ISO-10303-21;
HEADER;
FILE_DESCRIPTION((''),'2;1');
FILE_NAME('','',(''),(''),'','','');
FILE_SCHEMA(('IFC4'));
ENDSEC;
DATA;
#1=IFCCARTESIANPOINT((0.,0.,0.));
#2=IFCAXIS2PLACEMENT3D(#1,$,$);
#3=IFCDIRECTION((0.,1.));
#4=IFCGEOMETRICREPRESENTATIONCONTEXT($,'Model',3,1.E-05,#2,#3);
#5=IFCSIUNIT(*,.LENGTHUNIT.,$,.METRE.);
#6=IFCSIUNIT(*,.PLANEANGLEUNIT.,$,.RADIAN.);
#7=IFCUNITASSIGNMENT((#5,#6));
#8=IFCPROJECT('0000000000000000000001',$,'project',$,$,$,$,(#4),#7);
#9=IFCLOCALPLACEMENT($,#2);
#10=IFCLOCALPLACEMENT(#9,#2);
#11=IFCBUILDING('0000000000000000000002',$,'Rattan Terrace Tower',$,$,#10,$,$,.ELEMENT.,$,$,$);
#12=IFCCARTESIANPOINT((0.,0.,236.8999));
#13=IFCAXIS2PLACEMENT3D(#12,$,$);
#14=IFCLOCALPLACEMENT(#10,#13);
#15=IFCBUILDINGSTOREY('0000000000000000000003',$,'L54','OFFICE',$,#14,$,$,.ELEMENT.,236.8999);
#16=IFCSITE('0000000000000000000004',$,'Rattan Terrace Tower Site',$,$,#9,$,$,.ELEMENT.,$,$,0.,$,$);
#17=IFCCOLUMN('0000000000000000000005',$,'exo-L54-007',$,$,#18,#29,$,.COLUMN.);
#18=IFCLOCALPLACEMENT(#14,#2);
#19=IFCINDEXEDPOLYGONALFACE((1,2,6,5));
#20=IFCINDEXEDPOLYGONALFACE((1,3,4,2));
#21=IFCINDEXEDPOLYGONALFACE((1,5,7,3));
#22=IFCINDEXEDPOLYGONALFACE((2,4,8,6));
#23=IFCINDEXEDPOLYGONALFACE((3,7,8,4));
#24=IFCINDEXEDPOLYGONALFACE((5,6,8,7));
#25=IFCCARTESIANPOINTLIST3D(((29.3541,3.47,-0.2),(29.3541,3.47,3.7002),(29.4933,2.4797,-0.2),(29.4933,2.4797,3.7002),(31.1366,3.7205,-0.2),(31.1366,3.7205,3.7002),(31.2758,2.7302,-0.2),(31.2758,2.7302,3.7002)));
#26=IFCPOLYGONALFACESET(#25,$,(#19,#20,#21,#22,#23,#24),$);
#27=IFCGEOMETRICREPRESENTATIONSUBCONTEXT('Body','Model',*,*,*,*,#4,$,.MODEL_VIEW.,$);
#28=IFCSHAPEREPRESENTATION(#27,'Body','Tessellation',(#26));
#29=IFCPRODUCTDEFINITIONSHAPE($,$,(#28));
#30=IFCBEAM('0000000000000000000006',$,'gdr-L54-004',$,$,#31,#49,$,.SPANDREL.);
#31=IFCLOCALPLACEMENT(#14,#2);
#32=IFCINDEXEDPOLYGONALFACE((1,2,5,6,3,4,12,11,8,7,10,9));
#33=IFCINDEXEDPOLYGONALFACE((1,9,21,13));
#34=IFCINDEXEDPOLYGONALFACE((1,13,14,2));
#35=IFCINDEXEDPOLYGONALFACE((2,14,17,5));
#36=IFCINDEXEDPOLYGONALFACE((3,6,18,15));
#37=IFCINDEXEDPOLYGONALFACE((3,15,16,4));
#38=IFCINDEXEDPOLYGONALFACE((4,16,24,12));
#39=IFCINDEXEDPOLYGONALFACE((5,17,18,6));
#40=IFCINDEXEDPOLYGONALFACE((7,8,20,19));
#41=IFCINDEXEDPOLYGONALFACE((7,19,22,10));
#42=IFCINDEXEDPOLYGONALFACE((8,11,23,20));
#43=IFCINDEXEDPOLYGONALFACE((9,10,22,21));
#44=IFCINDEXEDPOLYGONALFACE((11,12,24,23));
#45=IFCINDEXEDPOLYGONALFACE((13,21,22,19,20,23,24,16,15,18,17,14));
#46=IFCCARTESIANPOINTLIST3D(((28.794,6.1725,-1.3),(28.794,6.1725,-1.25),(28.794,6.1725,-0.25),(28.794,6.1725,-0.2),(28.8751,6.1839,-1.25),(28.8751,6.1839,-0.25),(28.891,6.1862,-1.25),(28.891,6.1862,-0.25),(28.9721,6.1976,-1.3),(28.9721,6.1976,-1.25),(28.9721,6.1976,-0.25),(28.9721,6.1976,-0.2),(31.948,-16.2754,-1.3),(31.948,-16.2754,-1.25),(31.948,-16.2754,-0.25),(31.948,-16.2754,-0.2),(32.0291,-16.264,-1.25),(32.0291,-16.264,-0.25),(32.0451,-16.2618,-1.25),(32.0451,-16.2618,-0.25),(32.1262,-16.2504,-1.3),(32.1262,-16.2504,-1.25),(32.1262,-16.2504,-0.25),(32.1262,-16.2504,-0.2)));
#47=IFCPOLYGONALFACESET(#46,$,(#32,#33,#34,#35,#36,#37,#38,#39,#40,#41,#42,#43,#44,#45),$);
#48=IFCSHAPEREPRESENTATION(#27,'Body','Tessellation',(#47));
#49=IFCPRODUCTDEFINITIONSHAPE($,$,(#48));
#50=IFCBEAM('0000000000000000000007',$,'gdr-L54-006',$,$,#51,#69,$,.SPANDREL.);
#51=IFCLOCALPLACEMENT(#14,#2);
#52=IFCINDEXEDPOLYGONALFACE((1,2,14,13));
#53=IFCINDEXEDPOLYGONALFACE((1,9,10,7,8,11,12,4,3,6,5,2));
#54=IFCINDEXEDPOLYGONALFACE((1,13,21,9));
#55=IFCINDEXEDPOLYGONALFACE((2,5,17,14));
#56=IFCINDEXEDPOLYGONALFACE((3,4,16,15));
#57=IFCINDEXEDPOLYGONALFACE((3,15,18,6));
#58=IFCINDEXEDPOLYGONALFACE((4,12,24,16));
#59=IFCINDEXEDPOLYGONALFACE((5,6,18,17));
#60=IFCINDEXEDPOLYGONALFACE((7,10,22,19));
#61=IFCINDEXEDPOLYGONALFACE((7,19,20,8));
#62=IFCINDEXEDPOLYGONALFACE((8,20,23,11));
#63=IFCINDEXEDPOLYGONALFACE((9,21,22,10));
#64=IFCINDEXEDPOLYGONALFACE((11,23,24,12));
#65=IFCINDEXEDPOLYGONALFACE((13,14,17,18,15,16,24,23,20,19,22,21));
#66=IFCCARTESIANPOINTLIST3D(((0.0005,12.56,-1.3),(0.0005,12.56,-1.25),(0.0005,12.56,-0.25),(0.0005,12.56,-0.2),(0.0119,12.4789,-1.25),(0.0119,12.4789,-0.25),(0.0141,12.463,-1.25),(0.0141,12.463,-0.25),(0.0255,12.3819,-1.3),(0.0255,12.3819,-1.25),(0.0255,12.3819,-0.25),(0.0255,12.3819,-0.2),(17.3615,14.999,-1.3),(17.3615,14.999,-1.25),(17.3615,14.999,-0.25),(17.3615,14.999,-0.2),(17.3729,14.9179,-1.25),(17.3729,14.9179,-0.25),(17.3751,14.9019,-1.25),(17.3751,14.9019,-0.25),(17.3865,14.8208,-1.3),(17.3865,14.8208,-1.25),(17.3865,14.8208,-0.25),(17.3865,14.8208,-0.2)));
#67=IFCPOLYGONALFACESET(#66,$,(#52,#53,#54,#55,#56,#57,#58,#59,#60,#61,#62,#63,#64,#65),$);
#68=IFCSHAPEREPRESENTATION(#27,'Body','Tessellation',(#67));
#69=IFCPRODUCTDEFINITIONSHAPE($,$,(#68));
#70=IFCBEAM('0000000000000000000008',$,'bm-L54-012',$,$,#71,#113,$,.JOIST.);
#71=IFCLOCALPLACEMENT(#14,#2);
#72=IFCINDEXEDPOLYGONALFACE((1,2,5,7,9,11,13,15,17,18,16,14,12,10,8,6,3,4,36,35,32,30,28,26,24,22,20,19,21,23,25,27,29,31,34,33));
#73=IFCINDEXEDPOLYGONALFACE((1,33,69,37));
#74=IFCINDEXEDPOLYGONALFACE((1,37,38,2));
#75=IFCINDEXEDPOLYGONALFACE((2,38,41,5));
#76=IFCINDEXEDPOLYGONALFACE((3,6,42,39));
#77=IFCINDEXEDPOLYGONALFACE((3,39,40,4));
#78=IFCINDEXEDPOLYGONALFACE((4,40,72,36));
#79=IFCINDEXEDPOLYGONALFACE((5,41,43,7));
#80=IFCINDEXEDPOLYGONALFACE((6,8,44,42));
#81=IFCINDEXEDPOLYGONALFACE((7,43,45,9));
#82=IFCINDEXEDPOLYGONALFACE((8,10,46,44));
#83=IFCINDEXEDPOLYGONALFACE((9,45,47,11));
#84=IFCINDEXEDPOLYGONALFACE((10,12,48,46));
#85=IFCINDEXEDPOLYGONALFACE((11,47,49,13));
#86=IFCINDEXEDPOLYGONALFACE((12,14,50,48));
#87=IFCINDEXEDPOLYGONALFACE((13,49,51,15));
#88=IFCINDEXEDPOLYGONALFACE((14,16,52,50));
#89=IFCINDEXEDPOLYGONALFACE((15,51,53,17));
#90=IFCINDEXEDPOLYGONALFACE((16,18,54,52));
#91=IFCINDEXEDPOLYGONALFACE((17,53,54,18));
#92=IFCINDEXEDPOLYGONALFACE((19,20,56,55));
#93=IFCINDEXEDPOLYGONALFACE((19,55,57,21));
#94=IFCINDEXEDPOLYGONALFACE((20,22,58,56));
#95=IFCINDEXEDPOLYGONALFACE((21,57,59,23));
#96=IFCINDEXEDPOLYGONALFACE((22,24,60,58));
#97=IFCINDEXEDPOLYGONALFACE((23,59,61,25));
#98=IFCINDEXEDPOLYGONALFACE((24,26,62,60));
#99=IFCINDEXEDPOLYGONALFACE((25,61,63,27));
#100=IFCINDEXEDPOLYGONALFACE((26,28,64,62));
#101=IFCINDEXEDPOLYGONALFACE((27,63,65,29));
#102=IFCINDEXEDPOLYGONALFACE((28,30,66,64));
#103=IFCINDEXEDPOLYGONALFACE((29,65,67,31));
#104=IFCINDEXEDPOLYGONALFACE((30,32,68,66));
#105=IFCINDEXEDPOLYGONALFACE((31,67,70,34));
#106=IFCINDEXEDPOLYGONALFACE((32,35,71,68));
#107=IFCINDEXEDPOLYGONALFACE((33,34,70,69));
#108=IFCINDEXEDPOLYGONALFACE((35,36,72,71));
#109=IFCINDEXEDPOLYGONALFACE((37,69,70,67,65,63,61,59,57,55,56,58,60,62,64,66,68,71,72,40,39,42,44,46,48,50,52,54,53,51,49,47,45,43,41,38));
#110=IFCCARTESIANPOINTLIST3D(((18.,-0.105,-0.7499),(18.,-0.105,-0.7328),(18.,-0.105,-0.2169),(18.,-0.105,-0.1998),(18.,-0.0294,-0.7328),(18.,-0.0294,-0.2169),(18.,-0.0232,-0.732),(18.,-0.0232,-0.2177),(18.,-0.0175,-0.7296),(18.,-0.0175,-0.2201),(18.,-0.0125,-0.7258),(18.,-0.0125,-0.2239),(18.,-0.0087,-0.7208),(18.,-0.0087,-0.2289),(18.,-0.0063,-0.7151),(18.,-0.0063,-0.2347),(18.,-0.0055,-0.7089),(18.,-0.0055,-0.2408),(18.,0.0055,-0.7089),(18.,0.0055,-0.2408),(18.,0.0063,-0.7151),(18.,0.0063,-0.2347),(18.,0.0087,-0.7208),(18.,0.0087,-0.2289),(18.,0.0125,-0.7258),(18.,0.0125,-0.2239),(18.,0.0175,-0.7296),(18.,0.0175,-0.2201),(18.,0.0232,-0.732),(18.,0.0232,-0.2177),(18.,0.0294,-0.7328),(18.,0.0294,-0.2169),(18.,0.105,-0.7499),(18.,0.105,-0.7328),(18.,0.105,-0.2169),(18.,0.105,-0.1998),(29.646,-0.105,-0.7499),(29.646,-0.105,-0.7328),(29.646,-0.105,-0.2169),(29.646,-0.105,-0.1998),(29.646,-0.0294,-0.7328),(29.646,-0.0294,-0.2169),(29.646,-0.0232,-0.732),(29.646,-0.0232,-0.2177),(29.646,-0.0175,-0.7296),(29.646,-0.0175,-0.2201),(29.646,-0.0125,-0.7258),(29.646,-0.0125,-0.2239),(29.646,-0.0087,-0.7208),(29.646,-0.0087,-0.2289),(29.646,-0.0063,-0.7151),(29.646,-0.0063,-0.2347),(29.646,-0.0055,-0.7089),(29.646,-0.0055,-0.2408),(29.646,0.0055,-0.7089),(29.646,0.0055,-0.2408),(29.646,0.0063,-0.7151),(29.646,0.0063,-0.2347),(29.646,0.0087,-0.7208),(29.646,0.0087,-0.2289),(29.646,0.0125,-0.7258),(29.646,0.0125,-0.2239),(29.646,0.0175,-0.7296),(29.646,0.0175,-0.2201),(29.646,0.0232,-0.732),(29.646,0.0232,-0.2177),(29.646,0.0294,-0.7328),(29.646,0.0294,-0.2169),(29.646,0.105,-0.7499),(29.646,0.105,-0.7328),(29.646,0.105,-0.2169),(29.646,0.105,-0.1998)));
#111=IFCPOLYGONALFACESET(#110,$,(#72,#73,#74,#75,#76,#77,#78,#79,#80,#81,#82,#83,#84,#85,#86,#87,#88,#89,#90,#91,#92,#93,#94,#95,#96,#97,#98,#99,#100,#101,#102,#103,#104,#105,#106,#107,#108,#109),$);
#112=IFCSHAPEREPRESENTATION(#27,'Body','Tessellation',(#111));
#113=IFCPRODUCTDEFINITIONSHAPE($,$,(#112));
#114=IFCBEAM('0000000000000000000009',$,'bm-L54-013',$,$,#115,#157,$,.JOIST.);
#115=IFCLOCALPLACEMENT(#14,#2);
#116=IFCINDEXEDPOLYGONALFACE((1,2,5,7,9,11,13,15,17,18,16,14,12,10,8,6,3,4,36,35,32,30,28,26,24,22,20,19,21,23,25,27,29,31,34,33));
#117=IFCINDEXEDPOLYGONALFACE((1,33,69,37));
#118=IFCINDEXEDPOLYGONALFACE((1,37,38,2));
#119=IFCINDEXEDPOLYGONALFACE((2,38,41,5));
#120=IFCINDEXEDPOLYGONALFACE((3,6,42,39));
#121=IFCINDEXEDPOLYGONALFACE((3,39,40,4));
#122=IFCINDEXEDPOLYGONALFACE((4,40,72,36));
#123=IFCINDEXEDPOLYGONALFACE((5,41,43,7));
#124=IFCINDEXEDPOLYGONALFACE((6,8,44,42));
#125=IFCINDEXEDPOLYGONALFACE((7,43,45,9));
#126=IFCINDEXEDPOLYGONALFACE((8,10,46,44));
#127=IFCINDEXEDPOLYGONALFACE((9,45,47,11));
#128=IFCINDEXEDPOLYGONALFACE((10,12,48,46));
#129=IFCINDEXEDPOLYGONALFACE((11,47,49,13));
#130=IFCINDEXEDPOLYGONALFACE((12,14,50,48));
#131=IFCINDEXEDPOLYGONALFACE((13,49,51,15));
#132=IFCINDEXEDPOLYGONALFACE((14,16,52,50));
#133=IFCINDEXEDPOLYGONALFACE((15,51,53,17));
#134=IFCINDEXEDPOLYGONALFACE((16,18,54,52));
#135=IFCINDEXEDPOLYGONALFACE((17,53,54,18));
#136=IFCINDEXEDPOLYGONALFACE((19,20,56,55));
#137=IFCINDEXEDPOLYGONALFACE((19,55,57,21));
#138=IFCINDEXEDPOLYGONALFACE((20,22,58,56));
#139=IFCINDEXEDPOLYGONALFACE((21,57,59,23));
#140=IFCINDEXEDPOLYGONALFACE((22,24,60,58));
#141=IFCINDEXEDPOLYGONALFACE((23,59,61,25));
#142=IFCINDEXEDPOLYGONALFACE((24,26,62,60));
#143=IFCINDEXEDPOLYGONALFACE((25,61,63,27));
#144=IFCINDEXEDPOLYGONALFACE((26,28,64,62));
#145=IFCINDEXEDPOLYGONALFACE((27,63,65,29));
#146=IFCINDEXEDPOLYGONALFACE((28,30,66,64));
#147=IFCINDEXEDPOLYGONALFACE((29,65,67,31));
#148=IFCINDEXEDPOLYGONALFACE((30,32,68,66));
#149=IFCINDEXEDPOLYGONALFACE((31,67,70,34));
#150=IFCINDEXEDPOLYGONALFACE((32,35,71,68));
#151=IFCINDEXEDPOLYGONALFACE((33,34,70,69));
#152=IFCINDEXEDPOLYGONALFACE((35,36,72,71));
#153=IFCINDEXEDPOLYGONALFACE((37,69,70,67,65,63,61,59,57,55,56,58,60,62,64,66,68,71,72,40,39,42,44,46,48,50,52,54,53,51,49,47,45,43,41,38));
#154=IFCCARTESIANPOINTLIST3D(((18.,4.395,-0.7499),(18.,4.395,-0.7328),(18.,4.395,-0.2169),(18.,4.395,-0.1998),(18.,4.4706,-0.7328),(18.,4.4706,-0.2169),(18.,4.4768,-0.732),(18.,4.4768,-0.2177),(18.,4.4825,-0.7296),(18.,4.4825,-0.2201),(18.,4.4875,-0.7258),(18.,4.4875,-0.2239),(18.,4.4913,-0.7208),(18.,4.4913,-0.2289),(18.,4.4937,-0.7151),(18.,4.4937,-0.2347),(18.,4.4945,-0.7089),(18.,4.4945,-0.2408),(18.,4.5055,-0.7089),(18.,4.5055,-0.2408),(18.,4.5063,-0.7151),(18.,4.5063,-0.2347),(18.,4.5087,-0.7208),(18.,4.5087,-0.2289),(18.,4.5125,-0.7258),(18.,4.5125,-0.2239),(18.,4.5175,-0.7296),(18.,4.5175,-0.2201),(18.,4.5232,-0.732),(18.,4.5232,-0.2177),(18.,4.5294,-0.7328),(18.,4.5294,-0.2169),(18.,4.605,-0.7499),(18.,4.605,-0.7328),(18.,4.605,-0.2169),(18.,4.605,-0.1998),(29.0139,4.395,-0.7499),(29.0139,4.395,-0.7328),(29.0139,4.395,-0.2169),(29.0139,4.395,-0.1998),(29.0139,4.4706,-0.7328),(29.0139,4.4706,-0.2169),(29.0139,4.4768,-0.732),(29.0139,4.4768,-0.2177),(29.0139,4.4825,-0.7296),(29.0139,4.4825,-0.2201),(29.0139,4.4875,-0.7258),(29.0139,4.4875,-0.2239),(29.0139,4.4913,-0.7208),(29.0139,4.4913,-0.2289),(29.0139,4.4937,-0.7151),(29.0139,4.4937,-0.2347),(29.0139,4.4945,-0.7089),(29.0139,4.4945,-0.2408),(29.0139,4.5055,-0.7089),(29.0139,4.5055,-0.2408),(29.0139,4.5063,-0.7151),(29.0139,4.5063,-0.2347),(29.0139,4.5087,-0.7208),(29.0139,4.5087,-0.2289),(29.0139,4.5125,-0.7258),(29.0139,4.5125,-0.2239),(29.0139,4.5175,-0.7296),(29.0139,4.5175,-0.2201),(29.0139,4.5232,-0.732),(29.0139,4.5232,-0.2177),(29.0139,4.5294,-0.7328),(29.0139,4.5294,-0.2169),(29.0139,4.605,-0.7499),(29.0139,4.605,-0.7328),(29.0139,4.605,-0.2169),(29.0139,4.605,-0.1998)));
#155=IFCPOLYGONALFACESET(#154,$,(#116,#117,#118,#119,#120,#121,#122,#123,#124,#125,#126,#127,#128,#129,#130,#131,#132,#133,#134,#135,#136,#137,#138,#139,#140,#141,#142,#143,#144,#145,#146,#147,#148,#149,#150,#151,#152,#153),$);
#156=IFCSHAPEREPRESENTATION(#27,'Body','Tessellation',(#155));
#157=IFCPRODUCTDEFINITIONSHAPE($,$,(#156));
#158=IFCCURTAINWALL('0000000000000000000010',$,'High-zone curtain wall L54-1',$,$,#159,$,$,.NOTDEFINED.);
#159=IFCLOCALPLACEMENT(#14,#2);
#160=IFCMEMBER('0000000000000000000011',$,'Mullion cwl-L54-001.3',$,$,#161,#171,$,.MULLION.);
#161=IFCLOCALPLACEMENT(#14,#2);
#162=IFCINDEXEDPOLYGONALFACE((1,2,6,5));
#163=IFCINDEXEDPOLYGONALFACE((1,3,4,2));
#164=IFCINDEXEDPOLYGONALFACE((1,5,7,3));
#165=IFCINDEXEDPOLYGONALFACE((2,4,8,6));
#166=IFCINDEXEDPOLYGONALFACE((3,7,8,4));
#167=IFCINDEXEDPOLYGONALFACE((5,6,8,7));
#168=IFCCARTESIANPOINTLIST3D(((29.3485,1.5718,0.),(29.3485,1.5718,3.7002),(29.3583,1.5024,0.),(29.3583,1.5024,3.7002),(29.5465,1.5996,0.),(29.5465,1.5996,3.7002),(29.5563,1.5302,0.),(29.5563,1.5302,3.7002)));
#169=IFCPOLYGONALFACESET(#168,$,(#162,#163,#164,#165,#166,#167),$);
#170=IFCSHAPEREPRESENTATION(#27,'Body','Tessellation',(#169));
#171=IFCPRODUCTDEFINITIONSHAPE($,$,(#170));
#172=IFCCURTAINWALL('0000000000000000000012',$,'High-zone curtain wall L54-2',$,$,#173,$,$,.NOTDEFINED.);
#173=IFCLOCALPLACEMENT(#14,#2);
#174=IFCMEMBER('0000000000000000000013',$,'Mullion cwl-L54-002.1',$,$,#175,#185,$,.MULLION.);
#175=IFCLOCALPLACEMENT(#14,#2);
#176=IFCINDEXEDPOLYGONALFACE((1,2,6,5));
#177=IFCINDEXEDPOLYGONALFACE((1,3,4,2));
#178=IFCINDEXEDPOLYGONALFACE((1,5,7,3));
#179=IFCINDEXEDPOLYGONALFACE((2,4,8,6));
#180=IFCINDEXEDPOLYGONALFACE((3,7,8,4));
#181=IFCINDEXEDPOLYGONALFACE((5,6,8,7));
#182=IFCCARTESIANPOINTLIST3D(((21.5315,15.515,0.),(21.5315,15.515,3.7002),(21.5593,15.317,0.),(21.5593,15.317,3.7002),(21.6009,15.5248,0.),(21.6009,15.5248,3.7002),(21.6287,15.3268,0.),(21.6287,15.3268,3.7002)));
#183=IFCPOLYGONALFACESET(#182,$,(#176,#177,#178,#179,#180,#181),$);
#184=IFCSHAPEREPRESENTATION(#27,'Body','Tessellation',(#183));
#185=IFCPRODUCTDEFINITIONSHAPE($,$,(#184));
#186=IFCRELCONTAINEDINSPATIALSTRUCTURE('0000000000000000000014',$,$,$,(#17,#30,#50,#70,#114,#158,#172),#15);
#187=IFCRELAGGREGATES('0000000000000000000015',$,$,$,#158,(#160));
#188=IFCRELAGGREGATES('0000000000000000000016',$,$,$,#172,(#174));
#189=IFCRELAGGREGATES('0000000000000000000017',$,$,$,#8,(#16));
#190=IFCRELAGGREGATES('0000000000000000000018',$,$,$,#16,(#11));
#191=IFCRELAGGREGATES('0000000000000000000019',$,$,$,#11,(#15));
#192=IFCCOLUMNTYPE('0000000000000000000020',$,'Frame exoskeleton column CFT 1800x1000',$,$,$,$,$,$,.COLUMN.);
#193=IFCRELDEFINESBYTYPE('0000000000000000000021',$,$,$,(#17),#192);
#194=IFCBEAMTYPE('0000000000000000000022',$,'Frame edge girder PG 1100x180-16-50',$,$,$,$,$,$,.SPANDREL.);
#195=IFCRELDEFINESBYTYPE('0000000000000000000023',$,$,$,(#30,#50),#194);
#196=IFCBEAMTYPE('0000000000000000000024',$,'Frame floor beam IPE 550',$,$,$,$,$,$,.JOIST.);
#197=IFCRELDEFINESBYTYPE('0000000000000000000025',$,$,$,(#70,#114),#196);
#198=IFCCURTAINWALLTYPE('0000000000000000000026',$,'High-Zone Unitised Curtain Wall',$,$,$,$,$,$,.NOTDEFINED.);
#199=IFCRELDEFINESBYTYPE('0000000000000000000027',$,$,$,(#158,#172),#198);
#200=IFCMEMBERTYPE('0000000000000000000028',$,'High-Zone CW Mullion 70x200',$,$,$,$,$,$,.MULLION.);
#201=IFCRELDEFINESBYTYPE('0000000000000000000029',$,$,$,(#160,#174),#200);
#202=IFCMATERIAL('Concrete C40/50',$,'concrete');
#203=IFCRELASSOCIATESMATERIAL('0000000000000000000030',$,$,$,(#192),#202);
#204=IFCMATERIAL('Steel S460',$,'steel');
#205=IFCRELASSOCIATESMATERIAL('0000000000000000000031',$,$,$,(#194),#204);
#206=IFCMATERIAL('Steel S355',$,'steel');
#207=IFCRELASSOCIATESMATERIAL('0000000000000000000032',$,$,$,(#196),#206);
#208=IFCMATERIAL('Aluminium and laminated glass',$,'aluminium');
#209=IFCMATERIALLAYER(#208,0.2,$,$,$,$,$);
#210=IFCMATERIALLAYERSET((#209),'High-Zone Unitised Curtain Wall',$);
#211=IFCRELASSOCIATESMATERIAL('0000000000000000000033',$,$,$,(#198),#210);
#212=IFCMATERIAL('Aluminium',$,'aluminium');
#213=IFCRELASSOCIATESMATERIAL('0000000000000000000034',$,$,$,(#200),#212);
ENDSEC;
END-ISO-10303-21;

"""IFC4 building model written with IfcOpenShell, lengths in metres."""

from ifc_helpers import new_model, si_unit, direction, frame, origin, origin_2d, place, context, subcontext, project, spatial, rectangle, i_section, extrude, material, layer, layer_set, material_profile, profile_set, type_object, element, aggregate, save


model = new_model("IFC4")

# Units and contexts
model_context = context("Model", 3, precision=1e-05, world=origin(), true_north=direction((0.0, 1.0)))
body_context = subcontext(model_context, "Body", "Model", "MODEL_VIEW")
ifc_project = project(units=[si_unit("LENGTHUNIT", "METRE"), si_unit("PLANEANGLEUNIT", "RADIAN")], contexts=[model_context])

# Site, building, storey
site_placement = place(None, origin())
site = spatial("IfcSite", under=ifc_project, at=site_placement, Name="Rattan Terrace Tower Site", CompositionType="ELEMENT", RefElevation=0.0)
building_placement = place(site_placement, origin())
building = spatial("IfcBuilding", under=site, at=building_placement, Name="Rattan Terrace Tower", CompositionType="ELEMENT")
storey_placement = place(building_placement, frame((0.0, 0.0, 236.8999)))
storey = spatial("IfcBuildingStorey", under=building, at=storey_placement, Name="L54", Description="OFFICE", CompositionType="ELEMENT", Elevation=236.8999)

# Column
ifc_material_1 = material(Name="Concrete C40/50", Category="concrete")
ifc_material_profile_1 = material_profile(ifc_material_1, rectangle(XDim=1.0, YDim=1.8, at=origin_2d()), Name="CFT 1800x1000")
ifc_profile_set_1 = profile_set([ifc_material_profile_1], Name="Concrete C40/50")
column_type = type_object("IfcColumnType", Name="Frame exoskeleton column CFT 1800x1000", PredefinedType="COLUMN", material=ifc_profile_set_1)
column_placement = place(storey_placement, frame((30.3149, 3.1001, -0.2), z_axis=(0.0, 0.0, 1.0), x_axis=(-0.13919, 0.990266, 0.0)))
element("IfcColumn", 1, at=column_placement, inside=storey, type_object=column_type, Name="exo-L54-007", PredefinedType="COLUMN", context=body_context, shape_type="SweptSolid", body=[
    extrude(rectangle(XDim=1.0, YDim=1.8, at=origin_2d()), origin(), (0.0, 0.0, 1.0), 3.9001),
])

# Beams
ifc_material_2 = material(Name="Steel S460", Category="steel")
ifc_material_profile_2 = material_profile(ifc_material_2, i_section(OverallWidth=0.1799, OverallDepth=1.1001, WebThickness=0.0161, FlangeThickness=0.05, at=origin_2d()), Name="PG 1100x180-16-50")
ifc_profile_set_2 = profile_set([ifc_material_profile_2], Name="Steel S460")
beam_type_1 = type_object("IfcBeamType", Name="Frame edge girder PG 1100x180-16-50", PredefinedType="SPANDREL", material=ifc_profile_set_2)
beam_1_placement = place(storey_placement, frame((28.8831, 6.1851, -0.75), z_axis=(0.139138, -0.990273, 0.0), x_axis=(0.990273, 0.139138, 0.0)))
element("IfcBeam", 2, at=beam_1_placement, inside=storey, type_object=beam_type_1, Name="gdr-L54-004", PredefinedType="SPANDREL", context=body_context, shape_type="SweptSolid", body=[
    extrude(i_section(OverallWidth=0.1799, OverallDepth=1.1001, WebThickness=0.0161, FlangeThickness=0.05, at=origin_2d()), origin(), (0.0, 0.0, 1.0), 22.6685),
])
beam_2_placement = place(storey_placement, frame((17.374, 14.9099, -0.75), z_axis=(-0.990276, -0.139118, 0.0), x_axis=(0.139118, -0.990276, 0.0)))
element("IfcBeam", 3, at=beam_2_placement, inside=storey, type_object=beam_type_1, Name="gdr-L54-006", PredefinedType="SPANDREL", context=body_context, shape_type="SweptSolid", body=[
    extrude(i_section(OverallWidth=0.1799, OverallDepth=1.1001, WebThickness=0.0161, FlangeThickness=0.05, at=origin_2d()), origin(), (0.0, 0.0, 1.0), 17.5315),
])
ifc_material_3 = material(Name="Steel S355", Category="steel")
ifc_material_profile_3 = material_profile(ifc_material_3, i_section(OverallWidth=0.21, OverallDepth=0.55, WebThickness=0.011, FlangeThickness=0.0171, FilletRadius=0.0239, at=origin_2d()), Name="IPE 550")
ifc_profile_set_3 = profile_set([ifc_material_profile_3], Name="Steel S355")
beam_type_2 = type_object("IfcBeamType", Name="Frame floor beam IPE 550", PredefinedType="JOIST", material=ifc_profile_set_3)
beam_3_placement = place(storey_placement, frame((18.0, 0.0, -0.4749), z_axis=(1.0, 0.0, 0.0), x_axis=(0.0, 1.0, 0.0)))
element("IfcBeam", 4, at=beam_3_placement, inside=storey, type_object=beam_type_2, Name="bm-L54-012", PredefinedType="JOIST", context=body_context, shape_type="SweptSolid", body=[
    extrude(i_section(OverallWidth=0.21, OverallDepth=0.55, WebThickness=0.011, FlangeThickness=0.0171, FilletRadius=0.0239, at=origin_2d()), origin(), (0.0, 0.0, 1.0), 11.646),
])
beam_4_placement = place(storey_placement, frame((18.0, 4.5, -0.4749), z_axis=(1.0, 0.0, 0.0), x_axis=(0.0, 1.0, 0.0)))
element("IfcBeam", 5, at=beam_4_placement, inside=storey, type_object=beam_type_2, Name="bm-L54-013", PredefinedType="JOIST", context=body_context, shape_type="SweptSolid", body=[
    extrude(i_section(OverallWidth=0.21, OverallDepth=0.55, WebThickness=0.011, FlangeThickness=0.0171, FilletRadius=0.0239, at=origin_2d()), origin(), (0.0, 0.0, 1.0), 11.0139),
])

# Curtain walls, members
ifc_material_4 = material(Name="Aluminium and laminated glass", Category="aluminium")
ifc_layer_1 = layer(ifc_material_4, 0.2)
ifc_layer_set_1 = layer_set([ifc_layer_1], Name="High-Zone Unitised Curtain Wall")
curtain_wall_type = type_object("IfcCurtainWallType", Name="High-Zone Unitised Curtain Wall", PredefinedType="NOTDEFINED", material=ifc_layer_set_1)
curtain_wall_1_placement = place(storey_placement, origin())
curtain_wall_1 = element("IfcCurtainWall", 6, at=curtain_wall_1_placement, inside=storey, type_object=curtain_wall_type, Name="High-zone curtain wall L54-1", PredefinedType="NOTDEFINED")
ifc_material_5 = material(Name="Aluminium", Category="aluminium")
ifc_material_profile_4 = material_profile(ifc_material_5, rectangle(XDim=0.0701, YDim=0.2, at=origin_2d()), Name="Aluminium 70x200")
ifc_profile_set_4 = profile_set([ifc_material_profile_4], Name="Aluminium")
member_type_1 = type_object("IfcMemberType", Name="High-Zone CW Mullion 70x200", PredefinedType="MULLION", material=ifc_profile_set_4)
member_1_placement = place(storey_placement, frame((29.4524, 1.551, 0.0), z_axis=(0.0, 0.0, 1.0), x_axis=(-0.139186, 0.990266, 0.0)))
member_1 = element("IfcMember", 7, at=member_1_placement, type_object=member_type_1, Name="Mullion cwl-L54-001.3", PredefinedType="MULLION", context=body_context, shape_type="SweptSolid", body=[
    extrude(rectangle(XDim=0.0701, YDim=0.2, at=origin_2d()), origin(), (0.0, 0.0, 1.0), 3.7002),
])
curtain_wall_2_placement = place(storey_placement, origin())
curtain_wall_2 = element("IfcCurtainWall", 8, at=curtain_wall_2_placement, inside=storey, type_object=curtain_wall_type, Name="High-zone curtain wall L54-2", PredefinedType="NOTDEFINED")
member_2_placement = place(storey_placement, frame((21.5801, 15.4209, 0.0), z_axis=(0.0, 0.0, 1.0), x_axis=(-0.990267, -0.139177, 0.0)))
member_2 = element("IfcMember", 9, at=member_2_placement, type_object=member_type_1, Name="Mullion cwl-L54-002.1", PredefinedType="MULLION", context=body_context, shape_type="SweptSolid", body=[
    extrude(rectangle(XDim=0.0701, YDim=0.2, at=origin_2d()), origin(), (0.0, 0.0, 1.0), 3.7002),
])

aggregate(curtain_wall_1, [member_1])
aggregate(curtain_wall_2, [member_2])

save(model, "model.ifc")
